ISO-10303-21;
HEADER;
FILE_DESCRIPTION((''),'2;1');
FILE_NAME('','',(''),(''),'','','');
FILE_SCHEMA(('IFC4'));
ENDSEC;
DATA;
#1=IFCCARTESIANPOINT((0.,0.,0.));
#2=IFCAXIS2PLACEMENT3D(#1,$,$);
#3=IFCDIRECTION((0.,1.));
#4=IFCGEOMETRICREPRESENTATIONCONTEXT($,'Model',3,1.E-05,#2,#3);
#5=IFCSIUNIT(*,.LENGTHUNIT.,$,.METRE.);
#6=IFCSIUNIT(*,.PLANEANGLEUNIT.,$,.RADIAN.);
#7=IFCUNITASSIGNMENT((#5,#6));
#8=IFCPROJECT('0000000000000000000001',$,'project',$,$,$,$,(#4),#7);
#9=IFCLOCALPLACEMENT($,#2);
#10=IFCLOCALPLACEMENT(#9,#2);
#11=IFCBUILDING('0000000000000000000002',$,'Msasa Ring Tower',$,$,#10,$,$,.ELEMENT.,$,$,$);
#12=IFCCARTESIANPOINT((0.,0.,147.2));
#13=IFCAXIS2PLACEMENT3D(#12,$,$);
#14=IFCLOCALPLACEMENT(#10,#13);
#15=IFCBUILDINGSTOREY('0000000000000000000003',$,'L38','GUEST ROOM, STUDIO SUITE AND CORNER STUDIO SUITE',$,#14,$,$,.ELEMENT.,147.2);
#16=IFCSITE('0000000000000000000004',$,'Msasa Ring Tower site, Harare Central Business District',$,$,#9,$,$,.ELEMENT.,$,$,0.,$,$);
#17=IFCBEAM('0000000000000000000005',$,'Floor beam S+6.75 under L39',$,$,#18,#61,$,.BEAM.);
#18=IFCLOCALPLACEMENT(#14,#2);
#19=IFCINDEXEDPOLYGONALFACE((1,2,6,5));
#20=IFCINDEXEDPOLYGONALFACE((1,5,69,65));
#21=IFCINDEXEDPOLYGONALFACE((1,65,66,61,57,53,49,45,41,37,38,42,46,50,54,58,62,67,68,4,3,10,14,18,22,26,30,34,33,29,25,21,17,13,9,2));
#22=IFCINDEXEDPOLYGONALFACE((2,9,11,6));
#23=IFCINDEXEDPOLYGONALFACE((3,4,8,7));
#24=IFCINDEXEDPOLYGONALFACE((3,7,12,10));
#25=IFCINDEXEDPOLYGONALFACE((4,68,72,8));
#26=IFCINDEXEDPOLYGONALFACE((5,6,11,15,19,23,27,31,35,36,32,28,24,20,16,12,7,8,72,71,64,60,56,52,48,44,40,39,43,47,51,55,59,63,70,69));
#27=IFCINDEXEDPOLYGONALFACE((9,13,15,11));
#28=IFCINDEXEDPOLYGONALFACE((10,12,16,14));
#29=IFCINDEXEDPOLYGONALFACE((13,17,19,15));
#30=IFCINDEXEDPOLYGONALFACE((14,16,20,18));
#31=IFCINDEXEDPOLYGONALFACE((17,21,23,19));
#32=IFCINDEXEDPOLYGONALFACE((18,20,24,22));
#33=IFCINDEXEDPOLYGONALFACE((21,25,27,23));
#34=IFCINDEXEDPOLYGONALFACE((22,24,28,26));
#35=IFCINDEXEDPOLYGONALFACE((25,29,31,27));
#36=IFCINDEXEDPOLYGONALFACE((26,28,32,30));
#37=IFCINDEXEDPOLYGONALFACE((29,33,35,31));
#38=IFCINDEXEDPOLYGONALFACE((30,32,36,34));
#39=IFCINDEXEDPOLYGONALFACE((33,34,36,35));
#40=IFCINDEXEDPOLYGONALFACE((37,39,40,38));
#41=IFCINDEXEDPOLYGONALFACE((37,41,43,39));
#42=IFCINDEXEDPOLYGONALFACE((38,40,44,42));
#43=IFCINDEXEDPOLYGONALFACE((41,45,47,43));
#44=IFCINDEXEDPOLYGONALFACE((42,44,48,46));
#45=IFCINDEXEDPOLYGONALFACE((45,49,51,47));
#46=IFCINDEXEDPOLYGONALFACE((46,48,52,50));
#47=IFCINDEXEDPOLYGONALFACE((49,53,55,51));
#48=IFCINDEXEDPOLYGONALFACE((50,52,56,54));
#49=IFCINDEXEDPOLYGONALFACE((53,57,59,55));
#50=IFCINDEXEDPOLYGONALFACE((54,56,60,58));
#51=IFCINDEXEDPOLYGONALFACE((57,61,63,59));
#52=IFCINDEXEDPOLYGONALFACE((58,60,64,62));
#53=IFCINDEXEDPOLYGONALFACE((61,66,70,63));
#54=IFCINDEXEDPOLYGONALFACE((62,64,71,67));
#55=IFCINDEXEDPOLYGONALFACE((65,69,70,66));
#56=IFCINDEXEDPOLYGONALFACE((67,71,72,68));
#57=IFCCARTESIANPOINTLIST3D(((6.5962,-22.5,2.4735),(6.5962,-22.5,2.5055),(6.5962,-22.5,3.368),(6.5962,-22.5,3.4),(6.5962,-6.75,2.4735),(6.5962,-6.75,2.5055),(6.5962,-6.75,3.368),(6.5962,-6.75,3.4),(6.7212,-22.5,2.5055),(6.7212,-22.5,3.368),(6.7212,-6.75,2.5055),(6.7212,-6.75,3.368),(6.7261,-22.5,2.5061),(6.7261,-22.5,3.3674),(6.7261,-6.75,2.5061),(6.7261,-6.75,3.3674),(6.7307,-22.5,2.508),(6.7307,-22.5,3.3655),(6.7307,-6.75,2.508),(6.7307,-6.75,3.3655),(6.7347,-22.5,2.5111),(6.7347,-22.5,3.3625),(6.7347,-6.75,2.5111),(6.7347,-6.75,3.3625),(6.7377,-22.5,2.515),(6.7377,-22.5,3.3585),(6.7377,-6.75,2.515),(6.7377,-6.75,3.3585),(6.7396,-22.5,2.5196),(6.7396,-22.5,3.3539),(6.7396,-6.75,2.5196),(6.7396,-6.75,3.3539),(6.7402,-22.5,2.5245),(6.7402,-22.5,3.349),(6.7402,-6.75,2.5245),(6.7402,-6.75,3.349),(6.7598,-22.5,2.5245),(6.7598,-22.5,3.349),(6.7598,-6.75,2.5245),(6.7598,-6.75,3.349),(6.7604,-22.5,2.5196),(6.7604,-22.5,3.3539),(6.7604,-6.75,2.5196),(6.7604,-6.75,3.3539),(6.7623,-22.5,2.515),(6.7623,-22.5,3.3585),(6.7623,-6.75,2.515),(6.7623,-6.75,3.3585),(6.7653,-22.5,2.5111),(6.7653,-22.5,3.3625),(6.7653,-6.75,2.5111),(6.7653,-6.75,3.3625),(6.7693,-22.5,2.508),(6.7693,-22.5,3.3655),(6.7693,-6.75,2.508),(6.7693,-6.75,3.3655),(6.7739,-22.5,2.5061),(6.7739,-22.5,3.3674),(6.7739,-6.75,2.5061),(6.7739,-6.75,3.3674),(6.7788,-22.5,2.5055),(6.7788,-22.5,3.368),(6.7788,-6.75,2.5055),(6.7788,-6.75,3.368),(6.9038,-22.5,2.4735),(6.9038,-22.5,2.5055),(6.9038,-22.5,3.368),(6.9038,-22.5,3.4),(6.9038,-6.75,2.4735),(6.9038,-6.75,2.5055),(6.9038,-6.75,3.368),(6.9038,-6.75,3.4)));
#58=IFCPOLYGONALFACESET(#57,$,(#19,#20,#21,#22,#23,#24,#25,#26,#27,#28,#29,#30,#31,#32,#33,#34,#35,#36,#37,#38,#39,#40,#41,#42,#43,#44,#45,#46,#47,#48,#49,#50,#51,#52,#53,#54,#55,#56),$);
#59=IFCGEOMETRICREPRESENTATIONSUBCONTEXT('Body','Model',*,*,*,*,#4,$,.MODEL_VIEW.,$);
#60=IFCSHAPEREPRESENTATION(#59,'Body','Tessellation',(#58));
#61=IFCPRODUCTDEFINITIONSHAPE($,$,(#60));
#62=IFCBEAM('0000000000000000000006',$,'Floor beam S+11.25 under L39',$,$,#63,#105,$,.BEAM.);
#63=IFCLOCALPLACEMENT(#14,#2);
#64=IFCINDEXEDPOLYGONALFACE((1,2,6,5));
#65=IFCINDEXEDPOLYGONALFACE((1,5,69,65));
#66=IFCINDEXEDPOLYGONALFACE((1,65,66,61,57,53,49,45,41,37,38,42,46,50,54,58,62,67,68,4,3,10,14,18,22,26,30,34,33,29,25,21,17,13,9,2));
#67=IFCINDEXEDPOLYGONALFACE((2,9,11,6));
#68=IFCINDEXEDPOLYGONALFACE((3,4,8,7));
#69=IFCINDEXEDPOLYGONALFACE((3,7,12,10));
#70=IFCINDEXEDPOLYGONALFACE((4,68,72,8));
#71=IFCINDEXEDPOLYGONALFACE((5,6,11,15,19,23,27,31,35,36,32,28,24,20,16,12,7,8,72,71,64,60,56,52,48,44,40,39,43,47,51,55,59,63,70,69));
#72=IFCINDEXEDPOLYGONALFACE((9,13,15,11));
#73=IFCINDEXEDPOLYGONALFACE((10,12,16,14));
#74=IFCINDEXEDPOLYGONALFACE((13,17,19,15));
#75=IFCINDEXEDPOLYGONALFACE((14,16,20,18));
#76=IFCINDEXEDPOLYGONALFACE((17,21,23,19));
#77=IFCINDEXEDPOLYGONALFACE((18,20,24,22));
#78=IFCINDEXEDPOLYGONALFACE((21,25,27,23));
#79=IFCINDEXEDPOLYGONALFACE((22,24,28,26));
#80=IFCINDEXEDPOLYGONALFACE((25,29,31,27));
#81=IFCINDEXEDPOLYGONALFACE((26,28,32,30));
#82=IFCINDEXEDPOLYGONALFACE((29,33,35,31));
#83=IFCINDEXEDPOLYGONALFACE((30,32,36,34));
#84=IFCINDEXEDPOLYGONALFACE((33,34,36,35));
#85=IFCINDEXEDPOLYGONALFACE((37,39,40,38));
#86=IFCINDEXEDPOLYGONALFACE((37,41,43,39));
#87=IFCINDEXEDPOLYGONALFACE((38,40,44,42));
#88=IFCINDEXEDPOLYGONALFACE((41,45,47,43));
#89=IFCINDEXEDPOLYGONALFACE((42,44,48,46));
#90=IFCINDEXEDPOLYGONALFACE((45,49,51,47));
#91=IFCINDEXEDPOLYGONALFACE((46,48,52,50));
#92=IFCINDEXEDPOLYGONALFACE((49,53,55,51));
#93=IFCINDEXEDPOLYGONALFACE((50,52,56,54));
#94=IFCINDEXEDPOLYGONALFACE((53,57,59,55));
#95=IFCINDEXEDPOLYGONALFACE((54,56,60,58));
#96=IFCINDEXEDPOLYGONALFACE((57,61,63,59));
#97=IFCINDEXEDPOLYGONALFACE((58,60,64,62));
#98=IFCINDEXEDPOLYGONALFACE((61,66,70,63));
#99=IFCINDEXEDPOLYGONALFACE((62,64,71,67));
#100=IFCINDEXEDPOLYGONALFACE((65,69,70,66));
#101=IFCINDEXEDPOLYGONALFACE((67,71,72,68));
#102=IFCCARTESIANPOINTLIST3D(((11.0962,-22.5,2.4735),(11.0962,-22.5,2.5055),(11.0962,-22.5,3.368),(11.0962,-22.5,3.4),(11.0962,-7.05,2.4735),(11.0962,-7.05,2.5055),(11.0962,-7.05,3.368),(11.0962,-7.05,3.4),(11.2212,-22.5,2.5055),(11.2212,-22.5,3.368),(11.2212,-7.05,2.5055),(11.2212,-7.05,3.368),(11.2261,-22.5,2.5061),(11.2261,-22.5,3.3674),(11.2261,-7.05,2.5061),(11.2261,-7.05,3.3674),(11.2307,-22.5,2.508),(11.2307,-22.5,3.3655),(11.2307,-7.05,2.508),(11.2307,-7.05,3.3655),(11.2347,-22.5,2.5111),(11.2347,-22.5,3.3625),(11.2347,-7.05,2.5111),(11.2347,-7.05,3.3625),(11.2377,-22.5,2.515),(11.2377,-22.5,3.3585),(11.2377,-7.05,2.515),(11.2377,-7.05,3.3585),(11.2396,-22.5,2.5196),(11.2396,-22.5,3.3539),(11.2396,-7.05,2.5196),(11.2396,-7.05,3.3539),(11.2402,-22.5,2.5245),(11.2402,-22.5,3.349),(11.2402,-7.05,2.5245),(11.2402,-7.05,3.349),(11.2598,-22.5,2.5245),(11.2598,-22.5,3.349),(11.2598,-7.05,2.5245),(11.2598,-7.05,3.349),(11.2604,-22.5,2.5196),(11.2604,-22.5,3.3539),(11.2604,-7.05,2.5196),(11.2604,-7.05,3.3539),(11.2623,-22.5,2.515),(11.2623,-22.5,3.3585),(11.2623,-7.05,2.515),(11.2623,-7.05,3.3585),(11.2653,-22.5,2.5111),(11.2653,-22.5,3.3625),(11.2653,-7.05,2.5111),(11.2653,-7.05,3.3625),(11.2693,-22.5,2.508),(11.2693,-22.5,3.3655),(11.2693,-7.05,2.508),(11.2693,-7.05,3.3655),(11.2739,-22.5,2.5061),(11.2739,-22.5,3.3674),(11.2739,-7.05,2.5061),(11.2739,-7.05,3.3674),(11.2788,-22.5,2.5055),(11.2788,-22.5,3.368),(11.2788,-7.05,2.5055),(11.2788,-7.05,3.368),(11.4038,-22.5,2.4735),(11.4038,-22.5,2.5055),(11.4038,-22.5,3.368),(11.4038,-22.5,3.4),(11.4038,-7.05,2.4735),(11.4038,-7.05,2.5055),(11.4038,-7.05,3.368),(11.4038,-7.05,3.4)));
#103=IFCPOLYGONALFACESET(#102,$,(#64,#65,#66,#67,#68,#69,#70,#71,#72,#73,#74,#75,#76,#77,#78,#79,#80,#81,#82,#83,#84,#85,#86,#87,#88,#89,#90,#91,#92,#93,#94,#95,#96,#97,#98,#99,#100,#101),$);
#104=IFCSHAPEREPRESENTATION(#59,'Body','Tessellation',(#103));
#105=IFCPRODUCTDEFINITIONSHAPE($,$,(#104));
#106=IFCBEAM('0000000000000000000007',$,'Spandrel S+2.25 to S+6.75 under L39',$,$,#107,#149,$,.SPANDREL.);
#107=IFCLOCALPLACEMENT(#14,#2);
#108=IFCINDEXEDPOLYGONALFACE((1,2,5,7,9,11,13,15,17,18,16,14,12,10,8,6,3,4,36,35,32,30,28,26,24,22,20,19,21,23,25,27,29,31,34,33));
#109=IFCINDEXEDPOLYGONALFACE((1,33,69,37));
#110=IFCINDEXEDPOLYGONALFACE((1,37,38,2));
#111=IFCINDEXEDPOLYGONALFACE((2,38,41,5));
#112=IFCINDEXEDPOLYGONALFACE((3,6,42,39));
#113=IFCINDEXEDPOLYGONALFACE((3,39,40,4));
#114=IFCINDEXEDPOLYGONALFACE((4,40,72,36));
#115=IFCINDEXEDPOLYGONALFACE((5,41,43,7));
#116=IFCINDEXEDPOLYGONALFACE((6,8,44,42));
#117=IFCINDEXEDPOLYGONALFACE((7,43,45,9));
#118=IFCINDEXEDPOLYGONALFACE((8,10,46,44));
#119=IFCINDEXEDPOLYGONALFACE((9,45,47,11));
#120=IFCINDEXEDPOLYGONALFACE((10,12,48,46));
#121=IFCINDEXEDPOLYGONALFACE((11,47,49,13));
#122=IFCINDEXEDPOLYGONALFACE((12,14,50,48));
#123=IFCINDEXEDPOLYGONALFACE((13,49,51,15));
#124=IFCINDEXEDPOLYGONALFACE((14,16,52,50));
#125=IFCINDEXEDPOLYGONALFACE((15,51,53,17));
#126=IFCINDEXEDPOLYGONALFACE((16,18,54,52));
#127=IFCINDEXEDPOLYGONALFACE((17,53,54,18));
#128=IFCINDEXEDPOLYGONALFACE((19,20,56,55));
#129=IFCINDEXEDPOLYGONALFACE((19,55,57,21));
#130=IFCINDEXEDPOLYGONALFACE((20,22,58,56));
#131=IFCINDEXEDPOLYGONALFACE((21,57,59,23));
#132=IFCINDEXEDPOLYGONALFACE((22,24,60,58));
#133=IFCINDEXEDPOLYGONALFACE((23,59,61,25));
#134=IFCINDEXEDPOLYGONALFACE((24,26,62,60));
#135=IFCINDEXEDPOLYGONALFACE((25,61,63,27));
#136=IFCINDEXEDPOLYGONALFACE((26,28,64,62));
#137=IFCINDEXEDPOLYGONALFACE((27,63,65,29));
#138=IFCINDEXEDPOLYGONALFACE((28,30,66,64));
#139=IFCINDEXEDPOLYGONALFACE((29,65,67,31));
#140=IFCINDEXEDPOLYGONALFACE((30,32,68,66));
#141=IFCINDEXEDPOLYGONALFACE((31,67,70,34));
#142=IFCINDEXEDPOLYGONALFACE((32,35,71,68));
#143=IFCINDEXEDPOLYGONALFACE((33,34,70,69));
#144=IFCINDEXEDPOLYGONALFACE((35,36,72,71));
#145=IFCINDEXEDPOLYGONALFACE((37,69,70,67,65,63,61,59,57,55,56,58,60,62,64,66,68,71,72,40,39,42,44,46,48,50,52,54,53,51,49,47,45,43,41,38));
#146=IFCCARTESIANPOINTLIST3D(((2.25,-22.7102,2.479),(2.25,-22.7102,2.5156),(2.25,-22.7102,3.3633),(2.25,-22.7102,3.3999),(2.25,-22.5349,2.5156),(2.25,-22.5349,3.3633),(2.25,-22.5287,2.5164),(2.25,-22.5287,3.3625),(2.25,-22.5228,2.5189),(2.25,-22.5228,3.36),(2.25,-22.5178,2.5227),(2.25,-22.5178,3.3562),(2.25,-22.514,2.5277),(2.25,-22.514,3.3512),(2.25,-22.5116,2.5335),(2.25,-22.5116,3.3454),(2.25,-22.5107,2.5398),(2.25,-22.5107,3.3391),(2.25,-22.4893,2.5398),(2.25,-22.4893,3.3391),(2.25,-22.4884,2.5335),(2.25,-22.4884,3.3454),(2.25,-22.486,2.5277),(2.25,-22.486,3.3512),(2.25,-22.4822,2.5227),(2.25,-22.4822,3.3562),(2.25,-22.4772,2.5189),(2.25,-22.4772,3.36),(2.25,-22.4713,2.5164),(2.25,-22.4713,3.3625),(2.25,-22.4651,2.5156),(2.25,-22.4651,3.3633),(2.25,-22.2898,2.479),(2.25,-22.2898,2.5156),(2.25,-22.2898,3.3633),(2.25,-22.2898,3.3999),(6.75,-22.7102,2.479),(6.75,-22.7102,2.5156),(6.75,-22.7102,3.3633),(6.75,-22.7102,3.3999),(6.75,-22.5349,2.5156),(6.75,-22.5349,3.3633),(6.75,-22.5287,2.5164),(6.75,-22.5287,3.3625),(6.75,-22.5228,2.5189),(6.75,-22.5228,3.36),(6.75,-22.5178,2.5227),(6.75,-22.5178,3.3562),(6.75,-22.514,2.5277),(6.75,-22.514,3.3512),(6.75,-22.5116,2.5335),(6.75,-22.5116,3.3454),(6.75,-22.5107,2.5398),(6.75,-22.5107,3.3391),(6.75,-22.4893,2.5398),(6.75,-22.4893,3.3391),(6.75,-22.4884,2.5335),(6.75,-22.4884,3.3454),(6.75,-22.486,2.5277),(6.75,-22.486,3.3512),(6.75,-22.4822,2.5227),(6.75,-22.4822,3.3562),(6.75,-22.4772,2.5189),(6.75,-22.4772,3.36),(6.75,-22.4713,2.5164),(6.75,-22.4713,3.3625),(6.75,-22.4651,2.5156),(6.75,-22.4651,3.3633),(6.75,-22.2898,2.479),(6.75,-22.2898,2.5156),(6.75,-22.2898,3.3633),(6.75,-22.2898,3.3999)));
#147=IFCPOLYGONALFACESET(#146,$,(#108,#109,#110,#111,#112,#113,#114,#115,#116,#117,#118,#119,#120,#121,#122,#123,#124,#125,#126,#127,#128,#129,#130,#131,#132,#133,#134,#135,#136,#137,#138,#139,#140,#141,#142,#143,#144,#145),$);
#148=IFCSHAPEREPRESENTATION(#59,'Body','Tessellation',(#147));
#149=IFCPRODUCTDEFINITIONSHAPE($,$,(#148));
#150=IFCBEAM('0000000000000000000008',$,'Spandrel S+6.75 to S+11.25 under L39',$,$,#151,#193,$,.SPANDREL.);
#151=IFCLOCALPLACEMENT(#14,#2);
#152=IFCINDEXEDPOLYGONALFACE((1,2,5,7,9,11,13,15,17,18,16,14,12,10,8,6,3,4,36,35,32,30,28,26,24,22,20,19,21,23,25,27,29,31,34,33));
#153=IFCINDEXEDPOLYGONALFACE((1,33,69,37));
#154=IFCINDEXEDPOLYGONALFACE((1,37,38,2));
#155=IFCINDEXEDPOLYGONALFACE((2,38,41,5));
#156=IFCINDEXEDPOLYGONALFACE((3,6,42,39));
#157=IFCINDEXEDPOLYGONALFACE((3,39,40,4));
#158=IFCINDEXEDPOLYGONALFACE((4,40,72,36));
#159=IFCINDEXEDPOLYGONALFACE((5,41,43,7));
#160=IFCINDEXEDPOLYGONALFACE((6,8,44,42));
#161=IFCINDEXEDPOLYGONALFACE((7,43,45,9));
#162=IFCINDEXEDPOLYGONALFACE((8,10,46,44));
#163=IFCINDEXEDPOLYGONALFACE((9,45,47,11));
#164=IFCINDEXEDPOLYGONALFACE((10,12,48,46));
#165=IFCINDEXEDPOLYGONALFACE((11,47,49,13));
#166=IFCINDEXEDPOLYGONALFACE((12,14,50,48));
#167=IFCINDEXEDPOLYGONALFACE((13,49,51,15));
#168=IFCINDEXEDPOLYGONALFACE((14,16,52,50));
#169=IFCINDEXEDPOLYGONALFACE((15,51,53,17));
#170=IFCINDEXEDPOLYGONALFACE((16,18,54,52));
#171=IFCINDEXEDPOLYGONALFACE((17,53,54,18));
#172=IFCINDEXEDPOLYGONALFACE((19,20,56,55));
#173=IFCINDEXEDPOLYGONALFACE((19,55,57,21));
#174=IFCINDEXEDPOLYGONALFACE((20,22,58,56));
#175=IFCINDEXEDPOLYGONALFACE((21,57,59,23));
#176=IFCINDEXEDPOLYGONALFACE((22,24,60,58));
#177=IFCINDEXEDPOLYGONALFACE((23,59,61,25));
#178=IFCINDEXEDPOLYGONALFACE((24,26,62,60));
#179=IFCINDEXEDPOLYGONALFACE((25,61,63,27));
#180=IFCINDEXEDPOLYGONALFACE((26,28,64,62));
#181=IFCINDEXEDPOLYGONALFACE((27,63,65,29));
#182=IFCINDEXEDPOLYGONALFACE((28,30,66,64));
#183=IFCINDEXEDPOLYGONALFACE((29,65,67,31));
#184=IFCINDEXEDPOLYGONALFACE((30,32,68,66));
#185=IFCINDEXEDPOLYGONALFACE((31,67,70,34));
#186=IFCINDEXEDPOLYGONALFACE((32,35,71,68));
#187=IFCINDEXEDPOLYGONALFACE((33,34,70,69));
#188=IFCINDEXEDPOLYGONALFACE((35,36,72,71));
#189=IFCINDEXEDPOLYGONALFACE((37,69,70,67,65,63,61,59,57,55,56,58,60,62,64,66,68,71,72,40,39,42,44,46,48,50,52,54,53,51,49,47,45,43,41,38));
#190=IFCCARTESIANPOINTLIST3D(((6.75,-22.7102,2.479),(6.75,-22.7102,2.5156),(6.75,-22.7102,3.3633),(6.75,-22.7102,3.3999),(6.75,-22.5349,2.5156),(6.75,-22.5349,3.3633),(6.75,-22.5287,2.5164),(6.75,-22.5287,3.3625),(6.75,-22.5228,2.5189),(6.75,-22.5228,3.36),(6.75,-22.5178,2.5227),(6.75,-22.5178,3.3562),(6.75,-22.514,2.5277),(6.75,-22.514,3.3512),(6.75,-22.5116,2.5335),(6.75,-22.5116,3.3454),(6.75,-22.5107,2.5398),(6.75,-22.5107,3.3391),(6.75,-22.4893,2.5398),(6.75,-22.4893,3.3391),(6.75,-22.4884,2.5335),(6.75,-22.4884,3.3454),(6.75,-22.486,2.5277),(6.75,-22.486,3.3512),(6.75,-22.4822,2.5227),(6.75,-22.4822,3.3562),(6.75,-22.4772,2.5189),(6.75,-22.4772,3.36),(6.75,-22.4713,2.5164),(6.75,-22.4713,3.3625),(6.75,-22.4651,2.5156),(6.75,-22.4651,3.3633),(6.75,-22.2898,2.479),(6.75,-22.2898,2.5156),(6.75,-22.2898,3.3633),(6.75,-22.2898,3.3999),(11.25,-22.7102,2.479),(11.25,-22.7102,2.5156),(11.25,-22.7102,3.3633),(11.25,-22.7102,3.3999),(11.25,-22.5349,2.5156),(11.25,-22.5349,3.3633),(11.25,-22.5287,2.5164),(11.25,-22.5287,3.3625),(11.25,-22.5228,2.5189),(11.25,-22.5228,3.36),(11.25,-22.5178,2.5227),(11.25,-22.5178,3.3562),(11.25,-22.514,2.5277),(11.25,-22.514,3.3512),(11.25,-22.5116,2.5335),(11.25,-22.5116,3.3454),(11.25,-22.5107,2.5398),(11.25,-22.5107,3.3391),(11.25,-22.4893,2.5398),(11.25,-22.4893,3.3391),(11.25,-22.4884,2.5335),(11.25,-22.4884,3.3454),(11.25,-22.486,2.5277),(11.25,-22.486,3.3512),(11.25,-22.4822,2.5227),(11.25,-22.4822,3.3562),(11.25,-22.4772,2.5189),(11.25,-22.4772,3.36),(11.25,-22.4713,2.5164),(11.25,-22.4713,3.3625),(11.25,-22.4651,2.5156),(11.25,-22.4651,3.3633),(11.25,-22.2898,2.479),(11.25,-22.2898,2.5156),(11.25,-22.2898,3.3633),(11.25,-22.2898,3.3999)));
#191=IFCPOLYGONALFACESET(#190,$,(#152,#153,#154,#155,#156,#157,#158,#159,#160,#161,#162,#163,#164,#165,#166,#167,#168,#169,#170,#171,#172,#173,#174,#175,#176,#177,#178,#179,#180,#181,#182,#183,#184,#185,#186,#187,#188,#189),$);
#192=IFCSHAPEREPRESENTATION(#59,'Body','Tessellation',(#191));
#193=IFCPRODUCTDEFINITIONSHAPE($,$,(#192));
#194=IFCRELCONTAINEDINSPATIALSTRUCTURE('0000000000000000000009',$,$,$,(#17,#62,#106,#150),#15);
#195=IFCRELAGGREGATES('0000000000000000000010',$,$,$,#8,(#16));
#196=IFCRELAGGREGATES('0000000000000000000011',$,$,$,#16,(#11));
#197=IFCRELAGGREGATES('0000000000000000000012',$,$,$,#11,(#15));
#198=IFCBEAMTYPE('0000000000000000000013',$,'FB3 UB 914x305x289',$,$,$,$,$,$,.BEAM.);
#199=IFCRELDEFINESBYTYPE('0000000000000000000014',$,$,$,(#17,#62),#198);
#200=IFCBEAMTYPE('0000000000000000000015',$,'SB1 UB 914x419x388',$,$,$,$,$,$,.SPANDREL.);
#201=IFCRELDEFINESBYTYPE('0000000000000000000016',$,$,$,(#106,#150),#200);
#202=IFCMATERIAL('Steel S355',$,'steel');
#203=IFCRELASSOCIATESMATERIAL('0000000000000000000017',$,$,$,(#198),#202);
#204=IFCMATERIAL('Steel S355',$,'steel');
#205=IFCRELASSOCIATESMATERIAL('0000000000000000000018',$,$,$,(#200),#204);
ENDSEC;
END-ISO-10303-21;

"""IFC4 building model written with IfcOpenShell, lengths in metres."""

from ifc_helpers import new_model, si_unit, direction, frame, origin, origin_2d, place, context, subcontext, project, spatial, i_section, extrude, material, material_profile, profile_set, type_object, element, save


model = new_model("IFC4")

# Units and contexts
model_context = context("Model", 3, precision=1e-05, world=origin(), true_north=direction((0.0, 1.0)))
body_context = subcontext(model_context, "Body", "Model", "MODEL_VIEW")
ifc_project = project(units=[si_unit("LENGTHUNIT", "METRE"), si_unit("PLANEANGLEUNIT", "RADIAN")], contexts=[model_context])

# Site, building, storey
site_placement = place(None, origin())
site = spatial("IfcSite", under=ifc_project, at=site_placement, Name="Msasa Ring Tower site, Harare Central Business District", CompositionType="ELEMENT", RefElevation=0.0)
building_placement = place(site_placement, origin())
building = spatial("IfcBuilding", under=site, at=building_placement, Name="Msasa Ring Tower", CompositionType="ELEMENT")
storey_placement = place(building_placement, frame((0.0, 0.0, 147.2)))
storey = spatial("IfcBuildingStorey", under=building, at=storey_placement, Name="L38", Description="GUEST ROOM, STUDIO SUITE AND CORNER STUDIO SUITE", CompositionType="ELEMENT", Elevation=147.2)

# Beams
ifc_material_1 = material(Name="Steel S355", Category="steel")
ifc_material_profile_1 = material_profile(ifc_material_1, i_section(OverallWidth=0.3076, OverallDepth=0.9265, WebThickness=0.0195, FlangeThickness=0.032, FilletRadius=0.019, at=origin_2d()), Name="UB 914x305x289")
ifc_profile_set_1 = profile_set([ifc_material_profile_1], Name="Steel S355")
beam_type_1 = type_object("IfcBeamType", Name="FB3 UB 914x305x289", PredefinedType="BEAM", material=ifc_profile_set_1)
for number, where, z_axis, x_axis, name in (
    (1, (6.75, -22.5, 2.9368), (0.0, 1.0, 0.0), (-1.0, 0.0, 0.0), "Floor beam S+6.75 under L39"),
):
    element("IfcBeam", number, at=place(storey_placement, frame(where, z_axis=z_axis, x_axis=x_axis)), inside=storey, type_object=beam_type_1, Name=name, PredefinedType="BEAM", context=body_context, shape_type="SweptSolid", body=[
        extrude(i_section(OverallWidth=0.3076, OverallDepth=0.9265, WebThickness=0.0195, FlangeThickness=0.032, FilletRadius=0.019, at=origin_2d()), origin(), (0.0, 0.0, 1.0), 15.75),
    ])
beam_placement = place(storey_placement, frame((11.25, -22.5, 2.9368), z_axis=(0.0, 1.0, 0.0), x_axis=(-1.0, 0.0, 0.0)))
element("IfcBeam", 2, at=beam_placement, inside=storey, type_object=beam_type_1, Name="Floor beam S+11.25 under L39", PredefinedType="BEAM", context=body_context, shape_type="SweptSolid", body=[
    extrude(i_section(OverallWidth=0.3076, OverallDepth=0.9265, WebThickness=0.0195, FlangeThickness=0.032, FilletRadius=0.019, at=origin_2d()), origin(), (0.0, 0.0, 1.0), 15.45),
])
ifc_material_2 = material(Name="Steel S355", Category="steel")
ifc_material_profile_2 = material_profile(ifc_material_2, i_section(OverallWidth=0.4204, OverallDepth=0.9209, WebThickness=0.0215, FlangeThickness=0.0366, FilletRadius=0.0242, at=origin_2d()), Name="UB 914x419x388")
ifc_profile_set_2 = profile_set([ifc_material_profile_2], Name="Steel S355")
beam_type_2 = type_object("IfcBeamType", Name="SB1 UB 914x419x388", PredefinedType="SPANDREL", material=ifc_profile_set_2)
for number, where, z_axis, x_axis, name in (
    (3, (2.25, -22.5, 2.9395), (1.0, 0.0, 0.0), (0.0, 1.0, 0.0), "Spandrel S+2.25 to S+6.75 under L39"),
    (4, (6.75, -22.5, 2.9395), (1.0, 0.0, 0.0), (0.0, 1.0, 0.0), "Spandrel S+6.75 to S+11.25 under L39"),
):
    element("IfcBeam", number, at=place(storey_placement, frame(where, z_axis=z_axis, x_axis=x_axis)), inside=storey, type_object=beam_type_2, Name=name, PredefinedType="SPANDREL", context=body_context, shape_type="SweptSolid", body=[
        extrude(i_section(OverallWidth=0.4204, OverallDepth=0.9209, WebThickness=0.0215, FlangeThickness=0.0366, FilletRadius=0.0242, at=origin_2d()), origin(), (0.0, 0.0, 1.0), 4.5),
    ])

save(model, "model.ifc")
